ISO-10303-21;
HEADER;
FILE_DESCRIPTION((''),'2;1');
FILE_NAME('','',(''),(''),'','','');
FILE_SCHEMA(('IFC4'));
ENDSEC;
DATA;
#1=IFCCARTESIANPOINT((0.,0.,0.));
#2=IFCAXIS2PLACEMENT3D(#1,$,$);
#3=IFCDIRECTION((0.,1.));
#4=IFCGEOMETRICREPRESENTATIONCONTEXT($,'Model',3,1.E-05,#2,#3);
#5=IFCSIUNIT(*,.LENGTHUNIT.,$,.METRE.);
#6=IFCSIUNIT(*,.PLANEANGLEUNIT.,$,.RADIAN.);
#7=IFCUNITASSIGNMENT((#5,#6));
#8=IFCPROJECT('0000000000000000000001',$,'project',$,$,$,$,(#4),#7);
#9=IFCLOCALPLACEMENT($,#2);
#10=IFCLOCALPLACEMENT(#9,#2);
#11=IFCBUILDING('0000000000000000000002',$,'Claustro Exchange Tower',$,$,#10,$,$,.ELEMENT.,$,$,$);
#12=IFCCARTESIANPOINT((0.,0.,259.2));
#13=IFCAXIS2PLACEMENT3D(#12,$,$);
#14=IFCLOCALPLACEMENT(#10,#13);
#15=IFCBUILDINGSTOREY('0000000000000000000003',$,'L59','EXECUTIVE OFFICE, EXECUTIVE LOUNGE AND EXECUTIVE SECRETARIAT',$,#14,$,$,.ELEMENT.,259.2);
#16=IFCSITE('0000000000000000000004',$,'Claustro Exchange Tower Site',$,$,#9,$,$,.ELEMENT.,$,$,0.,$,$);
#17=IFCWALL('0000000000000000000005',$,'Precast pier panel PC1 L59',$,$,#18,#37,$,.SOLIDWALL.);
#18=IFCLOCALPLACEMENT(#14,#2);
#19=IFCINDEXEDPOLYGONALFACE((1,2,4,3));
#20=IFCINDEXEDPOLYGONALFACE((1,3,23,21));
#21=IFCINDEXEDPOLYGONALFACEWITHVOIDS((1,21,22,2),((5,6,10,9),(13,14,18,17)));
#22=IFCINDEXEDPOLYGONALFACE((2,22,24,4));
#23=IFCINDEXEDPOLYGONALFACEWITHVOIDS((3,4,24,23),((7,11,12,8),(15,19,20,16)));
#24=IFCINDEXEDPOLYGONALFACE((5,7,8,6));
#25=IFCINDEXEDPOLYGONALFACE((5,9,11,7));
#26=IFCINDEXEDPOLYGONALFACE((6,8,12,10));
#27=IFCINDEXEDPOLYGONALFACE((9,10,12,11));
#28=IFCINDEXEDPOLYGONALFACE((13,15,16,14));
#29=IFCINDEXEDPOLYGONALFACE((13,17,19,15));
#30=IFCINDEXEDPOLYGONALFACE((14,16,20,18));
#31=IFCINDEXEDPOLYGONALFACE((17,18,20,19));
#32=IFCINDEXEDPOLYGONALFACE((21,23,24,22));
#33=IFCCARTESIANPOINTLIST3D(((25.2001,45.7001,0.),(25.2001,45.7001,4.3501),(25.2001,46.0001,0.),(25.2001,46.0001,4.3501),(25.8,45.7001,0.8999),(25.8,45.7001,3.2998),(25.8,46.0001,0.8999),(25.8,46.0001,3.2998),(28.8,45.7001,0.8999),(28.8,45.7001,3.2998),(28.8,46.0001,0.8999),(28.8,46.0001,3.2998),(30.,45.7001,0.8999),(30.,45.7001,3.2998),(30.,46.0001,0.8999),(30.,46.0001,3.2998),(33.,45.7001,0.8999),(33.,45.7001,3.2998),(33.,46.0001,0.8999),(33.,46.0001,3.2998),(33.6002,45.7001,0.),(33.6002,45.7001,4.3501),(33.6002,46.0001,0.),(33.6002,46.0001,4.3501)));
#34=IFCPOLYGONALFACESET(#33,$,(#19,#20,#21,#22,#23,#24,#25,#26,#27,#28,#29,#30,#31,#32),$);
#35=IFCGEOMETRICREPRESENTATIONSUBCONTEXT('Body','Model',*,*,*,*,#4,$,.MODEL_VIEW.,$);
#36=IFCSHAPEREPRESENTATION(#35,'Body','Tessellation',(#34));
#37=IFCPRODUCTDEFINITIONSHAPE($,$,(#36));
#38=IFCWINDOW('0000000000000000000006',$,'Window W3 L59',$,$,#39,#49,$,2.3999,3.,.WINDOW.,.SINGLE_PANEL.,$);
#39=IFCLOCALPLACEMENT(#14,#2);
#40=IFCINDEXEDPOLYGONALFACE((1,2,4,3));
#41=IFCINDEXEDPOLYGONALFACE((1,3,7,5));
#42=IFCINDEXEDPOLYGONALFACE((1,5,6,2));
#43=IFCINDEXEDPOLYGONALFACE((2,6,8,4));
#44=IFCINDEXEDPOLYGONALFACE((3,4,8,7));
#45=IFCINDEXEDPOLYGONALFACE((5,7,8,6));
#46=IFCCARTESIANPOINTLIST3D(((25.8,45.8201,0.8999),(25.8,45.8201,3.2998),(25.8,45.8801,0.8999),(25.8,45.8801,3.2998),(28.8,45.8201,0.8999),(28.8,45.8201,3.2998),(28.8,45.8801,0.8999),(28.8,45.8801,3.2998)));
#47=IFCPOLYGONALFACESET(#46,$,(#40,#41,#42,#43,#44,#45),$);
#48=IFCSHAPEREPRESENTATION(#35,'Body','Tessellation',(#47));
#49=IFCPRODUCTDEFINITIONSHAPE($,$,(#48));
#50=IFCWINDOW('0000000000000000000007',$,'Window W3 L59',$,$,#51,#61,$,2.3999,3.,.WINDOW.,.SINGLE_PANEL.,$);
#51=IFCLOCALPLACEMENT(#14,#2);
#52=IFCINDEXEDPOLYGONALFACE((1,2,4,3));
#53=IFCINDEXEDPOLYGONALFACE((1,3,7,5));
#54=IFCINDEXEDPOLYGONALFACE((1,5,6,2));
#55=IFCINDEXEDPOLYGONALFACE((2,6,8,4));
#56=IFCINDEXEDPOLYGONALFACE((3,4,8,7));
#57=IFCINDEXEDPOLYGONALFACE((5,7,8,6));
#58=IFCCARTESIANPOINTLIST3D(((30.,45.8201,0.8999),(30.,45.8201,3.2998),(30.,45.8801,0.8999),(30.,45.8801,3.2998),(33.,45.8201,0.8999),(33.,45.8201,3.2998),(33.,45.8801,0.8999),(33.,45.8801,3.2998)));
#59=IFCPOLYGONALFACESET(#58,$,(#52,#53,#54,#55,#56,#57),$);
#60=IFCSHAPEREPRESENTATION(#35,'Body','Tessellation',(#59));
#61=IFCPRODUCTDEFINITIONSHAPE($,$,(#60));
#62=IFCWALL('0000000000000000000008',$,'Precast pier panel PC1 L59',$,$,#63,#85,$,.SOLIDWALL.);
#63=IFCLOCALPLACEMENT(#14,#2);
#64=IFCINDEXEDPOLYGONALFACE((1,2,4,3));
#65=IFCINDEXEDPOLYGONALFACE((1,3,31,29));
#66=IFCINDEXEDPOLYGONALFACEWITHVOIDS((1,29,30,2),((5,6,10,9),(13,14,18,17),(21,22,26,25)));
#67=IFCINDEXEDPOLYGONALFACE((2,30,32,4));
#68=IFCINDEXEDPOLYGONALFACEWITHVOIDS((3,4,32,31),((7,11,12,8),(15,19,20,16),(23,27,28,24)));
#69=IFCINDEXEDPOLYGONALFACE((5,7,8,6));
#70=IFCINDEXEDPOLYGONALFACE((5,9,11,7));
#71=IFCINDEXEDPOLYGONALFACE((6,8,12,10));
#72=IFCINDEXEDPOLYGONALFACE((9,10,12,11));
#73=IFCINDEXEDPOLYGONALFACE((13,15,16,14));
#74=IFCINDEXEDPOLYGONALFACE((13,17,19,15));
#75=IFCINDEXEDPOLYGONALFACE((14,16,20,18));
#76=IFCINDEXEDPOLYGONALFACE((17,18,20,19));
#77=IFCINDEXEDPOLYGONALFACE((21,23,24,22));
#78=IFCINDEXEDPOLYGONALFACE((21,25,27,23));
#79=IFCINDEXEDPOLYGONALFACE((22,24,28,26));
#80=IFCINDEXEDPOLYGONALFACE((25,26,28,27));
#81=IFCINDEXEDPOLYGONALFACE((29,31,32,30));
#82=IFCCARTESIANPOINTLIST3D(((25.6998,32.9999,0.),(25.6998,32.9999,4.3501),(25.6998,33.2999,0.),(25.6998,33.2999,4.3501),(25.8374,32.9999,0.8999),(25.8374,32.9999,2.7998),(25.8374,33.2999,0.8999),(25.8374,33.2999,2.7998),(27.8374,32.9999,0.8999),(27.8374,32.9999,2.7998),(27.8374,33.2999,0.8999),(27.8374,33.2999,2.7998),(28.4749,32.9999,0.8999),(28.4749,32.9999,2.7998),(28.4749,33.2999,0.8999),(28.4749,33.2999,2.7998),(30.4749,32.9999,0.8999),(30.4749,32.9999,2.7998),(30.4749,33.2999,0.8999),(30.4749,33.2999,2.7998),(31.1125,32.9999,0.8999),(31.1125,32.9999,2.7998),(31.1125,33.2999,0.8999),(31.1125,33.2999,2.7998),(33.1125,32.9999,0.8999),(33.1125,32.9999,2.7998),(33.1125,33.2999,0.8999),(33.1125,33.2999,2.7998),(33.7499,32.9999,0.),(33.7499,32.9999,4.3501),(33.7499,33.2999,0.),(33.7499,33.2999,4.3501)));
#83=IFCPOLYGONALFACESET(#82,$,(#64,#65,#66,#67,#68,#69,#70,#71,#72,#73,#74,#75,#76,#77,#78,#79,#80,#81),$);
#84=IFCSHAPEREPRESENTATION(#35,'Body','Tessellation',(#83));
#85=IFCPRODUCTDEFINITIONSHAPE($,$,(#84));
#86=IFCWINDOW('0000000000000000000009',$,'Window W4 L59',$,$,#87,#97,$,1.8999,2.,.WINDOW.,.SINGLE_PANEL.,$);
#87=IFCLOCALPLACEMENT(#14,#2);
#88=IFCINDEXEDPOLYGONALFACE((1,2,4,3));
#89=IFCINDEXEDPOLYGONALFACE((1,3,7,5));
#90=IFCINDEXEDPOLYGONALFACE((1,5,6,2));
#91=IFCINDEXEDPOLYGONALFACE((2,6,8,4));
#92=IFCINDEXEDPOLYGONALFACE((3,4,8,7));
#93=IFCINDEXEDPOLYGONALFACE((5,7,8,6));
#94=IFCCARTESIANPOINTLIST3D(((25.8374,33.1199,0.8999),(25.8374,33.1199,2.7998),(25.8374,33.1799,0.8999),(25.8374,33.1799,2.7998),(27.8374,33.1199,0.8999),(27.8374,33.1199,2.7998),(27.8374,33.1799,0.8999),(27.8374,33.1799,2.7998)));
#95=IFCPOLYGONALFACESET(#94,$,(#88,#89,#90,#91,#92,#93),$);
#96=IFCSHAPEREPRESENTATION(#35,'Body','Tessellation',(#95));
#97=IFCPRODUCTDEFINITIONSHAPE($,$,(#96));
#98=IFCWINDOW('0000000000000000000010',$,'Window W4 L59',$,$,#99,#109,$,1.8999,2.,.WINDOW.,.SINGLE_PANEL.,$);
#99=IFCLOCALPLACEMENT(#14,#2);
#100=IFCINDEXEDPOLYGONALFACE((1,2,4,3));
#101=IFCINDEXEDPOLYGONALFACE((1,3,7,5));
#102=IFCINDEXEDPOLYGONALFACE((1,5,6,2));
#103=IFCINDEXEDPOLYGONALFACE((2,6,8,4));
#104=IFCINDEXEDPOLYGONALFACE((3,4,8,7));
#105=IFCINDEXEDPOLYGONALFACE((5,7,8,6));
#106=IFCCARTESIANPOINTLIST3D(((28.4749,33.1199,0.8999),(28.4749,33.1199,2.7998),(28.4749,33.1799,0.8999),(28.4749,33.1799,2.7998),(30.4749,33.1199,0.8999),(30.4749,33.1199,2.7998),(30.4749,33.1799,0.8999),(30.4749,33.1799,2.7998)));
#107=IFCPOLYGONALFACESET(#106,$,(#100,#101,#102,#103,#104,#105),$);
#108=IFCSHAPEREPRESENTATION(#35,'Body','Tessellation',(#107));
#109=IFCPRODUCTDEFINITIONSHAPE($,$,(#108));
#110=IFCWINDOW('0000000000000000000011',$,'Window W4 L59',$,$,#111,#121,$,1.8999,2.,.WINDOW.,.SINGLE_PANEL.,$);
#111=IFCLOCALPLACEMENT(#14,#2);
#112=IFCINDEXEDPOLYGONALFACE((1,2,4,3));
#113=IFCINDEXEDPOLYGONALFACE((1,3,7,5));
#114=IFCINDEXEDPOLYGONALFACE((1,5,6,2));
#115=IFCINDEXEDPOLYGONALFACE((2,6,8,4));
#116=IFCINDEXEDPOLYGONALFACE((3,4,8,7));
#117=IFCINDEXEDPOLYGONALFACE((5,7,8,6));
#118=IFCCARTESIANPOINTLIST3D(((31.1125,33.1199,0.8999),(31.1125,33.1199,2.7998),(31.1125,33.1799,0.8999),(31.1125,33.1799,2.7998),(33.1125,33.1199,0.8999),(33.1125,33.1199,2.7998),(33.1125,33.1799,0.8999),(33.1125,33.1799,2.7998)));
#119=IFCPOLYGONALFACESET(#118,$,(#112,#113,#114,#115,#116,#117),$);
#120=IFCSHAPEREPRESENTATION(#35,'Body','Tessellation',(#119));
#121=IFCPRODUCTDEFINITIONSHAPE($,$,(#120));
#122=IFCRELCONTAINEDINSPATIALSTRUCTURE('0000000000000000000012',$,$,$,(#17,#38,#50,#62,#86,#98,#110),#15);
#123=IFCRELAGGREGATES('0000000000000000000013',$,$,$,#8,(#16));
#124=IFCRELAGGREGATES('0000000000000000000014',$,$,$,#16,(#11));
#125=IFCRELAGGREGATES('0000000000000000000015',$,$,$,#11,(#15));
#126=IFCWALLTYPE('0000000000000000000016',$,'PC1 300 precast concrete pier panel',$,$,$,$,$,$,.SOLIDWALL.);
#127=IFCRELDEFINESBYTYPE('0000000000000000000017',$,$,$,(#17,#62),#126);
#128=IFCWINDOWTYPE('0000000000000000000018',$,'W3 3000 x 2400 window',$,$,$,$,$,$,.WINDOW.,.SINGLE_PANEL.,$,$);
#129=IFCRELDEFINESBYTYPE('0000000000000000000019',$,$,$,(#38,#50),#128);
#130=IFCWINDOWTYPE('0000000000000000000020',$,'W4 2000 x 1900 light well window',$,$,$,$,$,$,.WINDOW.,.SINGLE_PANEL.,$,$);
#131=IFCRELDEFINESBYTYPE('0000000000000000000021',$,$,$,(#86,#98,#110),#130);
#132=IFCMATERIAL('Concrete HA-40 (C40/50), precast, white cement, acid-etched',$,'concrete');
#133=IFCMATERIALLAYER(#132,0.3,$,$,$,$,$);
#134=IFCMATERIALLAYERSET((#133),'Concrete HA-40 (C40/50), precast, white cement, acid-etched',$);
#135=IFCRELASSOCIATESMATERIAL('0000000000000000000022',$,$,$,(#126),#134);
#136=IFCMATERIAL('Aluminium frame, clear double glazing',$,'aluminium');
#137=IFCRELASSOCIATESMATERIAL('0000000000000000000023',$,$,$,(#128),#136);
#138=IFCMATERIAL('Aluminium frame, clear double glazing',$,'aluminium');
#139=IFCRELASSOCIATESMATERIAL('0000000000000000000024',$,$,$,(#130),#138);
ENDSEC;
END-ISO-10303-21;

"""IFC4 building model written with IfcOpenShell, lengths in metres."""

from ifc_helpers import new_model, si_unit, direction, frame, frame_2d, origin, place, context, subcontext, project, spatial, rectangle, extrude, material, layer, layer_set, type_object, element, fill, save


model = new_model("IFC4")

# Units and contexts
model_context = context("Model", 3, precision=1e-05, world=origin(), true_north=direction((0.0, 1.0)))
body_context = subcontext(model_context, "Body", "Model", "MODEL_VIEW")
ifc_project = project(units=[si_unit("LENGTHUNIT", "METRE"), si_unit("PLANEANGLEUNIT", "RADIAN")], contexts=[model_context])

# Site, building, storey
site_placement = place(None, origin())
site = spatial("IfcSite", under=ifc_project, at=site_placement, Name="Claustro Exchange Tower Site", CompositionType="ELEMENT", RefElevation=0.0)
building_placement = place(site_placement, origin())
building = spatial("IfcBuilding", under=site, at=building_placement, Name="Claustro Exchange Tower", CompositionType="ELEMENT")
storey_placement = place(building_placement, frame((0.0, 0.0, 259.2)))
storey = spatial("IfcBuildingStorey", under=building, at=storey_placement, Name="L59", Description="EXECUTIVE OFFICE, EXECUTIVE LOUNGE AND EXECUTIVE SECRETARIAT", CompositionType="ELEMENT", Elevation=259.2)

# Walls, openings, windows
ifc_material_1 = material(Name="Concrete HA-40 (C40/50), precast, white cement, acid-etched", Category="concrete")
ifc_layer_1 = layer(ifc_material_1, 0.3)
ifc_layer_set_1 = layer_set([ifc_layer_1], Name="Concrete HA-40 (C40/50), precast, white cement, acid-etched")
wall_type_1 = type_object("IfcWallType", Name="PC1 300 precast concrete pier panel", PredefinedType="SOLIDWALL", material=ifc_layer_set_1)
ifc_material_2 = material(Name="Aluminium frame, clear double glazing", Category="aluminium")
window_type_1 = type_object("IfcWindowType", Name="W3 3000 x 2400 window", PartitioningType="SINGLE_PANEL", PredefinedType="WINDOW", material=ifc_material_2)
wall_1_placement = place(storey_placement, frame((25.2, 45.8501, 0.0), z_axis=(0.0, 0.0, 1.0), x_axis=(1.0, 0.0, 0.0)))
wall_1 = element("IfcWall", 1, at=wall_1_placement, inside=storey, type_object=wall_type_1, Name="Precast pier panel PC1 L59", PredefinedType="SOLIDWALL", context=body_context, shape_type="SweptSolid", body=[
    extrude(rectangle(XDim=8.4001, YDim=0.3, at=frame_2d((4.2002, 0.0))), origin(), (0.0, 0.0, 1.0), 4.3501),
])
opening_1_placement = place(wall_1_placement, frame((0.6001, 0.0, 0.8999)))
opening_1 = element("IfcOpeningElement", 2, at=opening_1_placement, cuts=wall_1, PredefinedType="OPENING", context=body_context, shape_type="SweptSolid", body=[
    extrude(rectangle(XDim=3.0, YDim=2.3999, at=frame_2d((1.5, 1.2))), frame((0.0, 0.1599, 0.0), z_axis=(0.0, -1.0, 0.0), x_axis=(1.0, 0.0, 0.0)), (0.0, 0.0, 1.0), 0.3201),
])
opening_2_placement = place(wall_1_placement, frame((4.8, 0.0, 0.8999)))
opening_2 = element("IfcOpeningElement", 3, at=opening_2_placement, cuts=wall_1, PredefinedType="OPENING", context=body_context, shape_type="SweptSolid", body=[
    extrude(rectangle(XDim=3.0, YDim=2.3999, at=frame_2d((1.5, 1.2))), frame((0.0, 0.1599, 0.0), z_axis=(0.0, -1.0, 0.0), x_axis=(1.0, 0.0, 0.0)), (0.0, 0.0, 1.0), 0.3201),
])
window_1_placement = place(opening_1_placement, origin())
window_1 = element("IfcWindow", 4, at=window_1_placement, inside=storey, type_object=window_type_1, Name="Window W3 L59", OverallHeight=2.3999, OverallWidth=3.0, PartitioningType="SINGLE_PANEL", PredefinedType="WINDOW", context=body_context, shape_type="SweptSolid", body=[
    extrude(rectangle(XDim=3.0, YDim=2.3999, at=frame_2d((1.5, 1.2))), frame((0.0, 0.03, 0.0), z_axis=(0.0, -1.0, 0.0), x_axis=(1.0, 0.0, 0.0)), (0.0, 0.0, 1.0), 0.0601),
])
fill(opening_1, window_1)
window_2_placement = place(opening_2_placement, origin())
window_2 = element("IfcWindow", 5, at=window_2_placement, inside=storey, type_object=window_type_1, Name="Window W3 L59", OverallHeight=2.3999, OverallWidth=3.0, PartitioningType="SINGLE_PANEL", PredefinedType="WINDOW", context=body_context, shape_type="SweptSolid", body=[
    extrude(rectangle(XDim=3.0, YDim=2.3999, at=frame_2d((1.5, 1.2))), frame((0.0, 0.03, 0.0), z_axis=(0.0, -1.0, 0.0), x_axis=(1.0, 0.0, 0.0)), (0.0, 0.0, 1.0), 0.0601),
])
fill(opening_2, window_2)
wall_2_placement = place(storey_placement, frame((25.7, 33.1499, 0.0), z_axis=(0.0, 0.0, 1.0), x_axis=(1.0, 0.0, 0.0)))
wall_2 = element("IfcWall", 6, at=wall_2_placement, inside=storey, type_object=wall_type_1, Name="Precast pier panel PC1 L59", PredefinedType="SOLIDWALL", context=body_context, shape_type="SweptSolid", body=[
    extrude(rectangle(XDim=8.05, YDim=0.3, at=frame_2d((4.0249, 0.0))), origin(), (0.0, 0.0, 1.0), 4.3501),
])
opening_3_placement = place(wall_2_placement, frame((0.1375, 0.0, 0.8999)))
opening_3 = element("IfcOpeningElement", 7, at=opening_3_placement, cuts=wall_2, PredefinedType="OPENING", context=body_context, shape_type="SweptSolid", body=[
    extrude(rectangle(XDim=2.0, YDim=1.8999, at=frame_2d((1.0, 0.95))), frame((0.0, 0.1599, 0.0), z_axis=(0.0, -1.0, 0.0), x_axis=(1.0, 0.0, 0.0)), (0.0, 0.0, 1.0), 0.3201),
])
opening_4_placement = place(wall_2_placement, frame((2.7749, 0.0, 0.8999)))
opening_4 = element("IfcOpeningElement", 8, at=opening_4_placement, cuts=wall_2, PredefinedType="OPENING", context=body_context, shape_type="SweptSolid", body=[
    extrude(rectangle(XDim=2.0, YDim=1.8999, at=frame_2d((1.0, 0.95))), frame((0.0, 0.1599, 0.0), z_axis=(0.0, -1.0, 0.0), x_axis=(1.0, 0.0, 0.0)), (0.0, 0.0, 1.0), 0.3201),
])
opening_5_placement = place(wall_2_placement, frame((5.4126, 0.0, 0.8999)))
opening_5 = element("IfcOpeningElement", 9, at=opening_5_placement, cuts=wall_2, PredefinedType="OPENING", context=body_context, shape_type="SweptSolid", body=[
    extrude(rectangle(XDim=2.0, YDim=1.8999, at=frame_2d((1.0, 0.95))), frame((0.0, 0.1599, 0.0), z_axis=(0.0, -1.0, 0.0), x_axis=(1.0, 0.0, 0.0)), (0.0, 0.0, 1.0), 0.3201),
])
ifc_material_3 = material(Name="Aluminium frame, clear double glazing", Category="aluminium")
window_type_2 = type_object("IfcWindowType", Name="W4 2000 x 1900 light well window", PartitioningType="SINGLE_PANEL", PredefinedType="WINDOW", material=ifc_material_3)
window_3_placement = place(opening_3_placement, origin())
window_3 = element("IfcWindow", 10, at=window_3_placement, inside=storey, type_object=window_type_2, Name="Window W4 L59", OverallHeight=1.8999, OverallWidth=2.0, PartitioningType="SINGLE_PANEL", PredefinedType="WINDOW", context=body_context, shape_type="SweptSolid", body=[
    extrude(rectangle(XDim=2.0, YDim=1.8999, at=frame_2d((1.0, 0.95))), frame((0.0, 0.03, 0.0), z_axis=(0.0, -1.0, 0.0), x_axis=(1.0, 0.0, 0.0)), (0.0, 0.0, 1.0), 0.0601),
])
fill(opening_3, window_3)
window_4_placement = place(opening_4_placement, origin())
window_4 = element("IfcWindow", 11, at=window_4_placement, inside=storey, type_object=window_type_2, Name="Window W4 L59", OverallHeight=1.8999, OverallWidth=2.0, PartitioningType="SINGLE_PANEL", PredefinedType="WINDOW", context=body_context, shape_type="SweptSolid", body=[
    extrude(rectangle(XDim=2.0, YDim=1.8999, at=frame_2d((1.0, 0.95))), frame((0.0, 0.03, 0.0), z_axis=(0.0, -1.0, 0.0), x_axis=(1.0, 0.0, 0.0)), (0.0, 0.0, 1.0), 0.0601),
])
fill(opening_4, window_4)
window_5_placement = place(opening_5_placement, origin())
window_5 = element("IfcWindow", 12, at=window_5_placement, inside=storey, type_object=window_type_2, Name="Window W4 L59", OverallHeight=1.8999, OverallWidth=2.0, PartitioningType="SINGLE_PANEL", PredefinedType="WINDOW", context=body_context, shape_type="SweptSolid", body=[
    extrude(rectangle(XDim=2.0, YDim=1.8999, at=frame_2d((1.0, 0.95))), frame((0.0, 0.03, 0.0), z_axis=(0.0, -1.0, 0.0), x_axis=(1.0, 0.0, 0.0)), (0.0, 0.0, 1.0), 0.0601),
])
fill(opening_5, window_5)

save(model, "model.ifc")
